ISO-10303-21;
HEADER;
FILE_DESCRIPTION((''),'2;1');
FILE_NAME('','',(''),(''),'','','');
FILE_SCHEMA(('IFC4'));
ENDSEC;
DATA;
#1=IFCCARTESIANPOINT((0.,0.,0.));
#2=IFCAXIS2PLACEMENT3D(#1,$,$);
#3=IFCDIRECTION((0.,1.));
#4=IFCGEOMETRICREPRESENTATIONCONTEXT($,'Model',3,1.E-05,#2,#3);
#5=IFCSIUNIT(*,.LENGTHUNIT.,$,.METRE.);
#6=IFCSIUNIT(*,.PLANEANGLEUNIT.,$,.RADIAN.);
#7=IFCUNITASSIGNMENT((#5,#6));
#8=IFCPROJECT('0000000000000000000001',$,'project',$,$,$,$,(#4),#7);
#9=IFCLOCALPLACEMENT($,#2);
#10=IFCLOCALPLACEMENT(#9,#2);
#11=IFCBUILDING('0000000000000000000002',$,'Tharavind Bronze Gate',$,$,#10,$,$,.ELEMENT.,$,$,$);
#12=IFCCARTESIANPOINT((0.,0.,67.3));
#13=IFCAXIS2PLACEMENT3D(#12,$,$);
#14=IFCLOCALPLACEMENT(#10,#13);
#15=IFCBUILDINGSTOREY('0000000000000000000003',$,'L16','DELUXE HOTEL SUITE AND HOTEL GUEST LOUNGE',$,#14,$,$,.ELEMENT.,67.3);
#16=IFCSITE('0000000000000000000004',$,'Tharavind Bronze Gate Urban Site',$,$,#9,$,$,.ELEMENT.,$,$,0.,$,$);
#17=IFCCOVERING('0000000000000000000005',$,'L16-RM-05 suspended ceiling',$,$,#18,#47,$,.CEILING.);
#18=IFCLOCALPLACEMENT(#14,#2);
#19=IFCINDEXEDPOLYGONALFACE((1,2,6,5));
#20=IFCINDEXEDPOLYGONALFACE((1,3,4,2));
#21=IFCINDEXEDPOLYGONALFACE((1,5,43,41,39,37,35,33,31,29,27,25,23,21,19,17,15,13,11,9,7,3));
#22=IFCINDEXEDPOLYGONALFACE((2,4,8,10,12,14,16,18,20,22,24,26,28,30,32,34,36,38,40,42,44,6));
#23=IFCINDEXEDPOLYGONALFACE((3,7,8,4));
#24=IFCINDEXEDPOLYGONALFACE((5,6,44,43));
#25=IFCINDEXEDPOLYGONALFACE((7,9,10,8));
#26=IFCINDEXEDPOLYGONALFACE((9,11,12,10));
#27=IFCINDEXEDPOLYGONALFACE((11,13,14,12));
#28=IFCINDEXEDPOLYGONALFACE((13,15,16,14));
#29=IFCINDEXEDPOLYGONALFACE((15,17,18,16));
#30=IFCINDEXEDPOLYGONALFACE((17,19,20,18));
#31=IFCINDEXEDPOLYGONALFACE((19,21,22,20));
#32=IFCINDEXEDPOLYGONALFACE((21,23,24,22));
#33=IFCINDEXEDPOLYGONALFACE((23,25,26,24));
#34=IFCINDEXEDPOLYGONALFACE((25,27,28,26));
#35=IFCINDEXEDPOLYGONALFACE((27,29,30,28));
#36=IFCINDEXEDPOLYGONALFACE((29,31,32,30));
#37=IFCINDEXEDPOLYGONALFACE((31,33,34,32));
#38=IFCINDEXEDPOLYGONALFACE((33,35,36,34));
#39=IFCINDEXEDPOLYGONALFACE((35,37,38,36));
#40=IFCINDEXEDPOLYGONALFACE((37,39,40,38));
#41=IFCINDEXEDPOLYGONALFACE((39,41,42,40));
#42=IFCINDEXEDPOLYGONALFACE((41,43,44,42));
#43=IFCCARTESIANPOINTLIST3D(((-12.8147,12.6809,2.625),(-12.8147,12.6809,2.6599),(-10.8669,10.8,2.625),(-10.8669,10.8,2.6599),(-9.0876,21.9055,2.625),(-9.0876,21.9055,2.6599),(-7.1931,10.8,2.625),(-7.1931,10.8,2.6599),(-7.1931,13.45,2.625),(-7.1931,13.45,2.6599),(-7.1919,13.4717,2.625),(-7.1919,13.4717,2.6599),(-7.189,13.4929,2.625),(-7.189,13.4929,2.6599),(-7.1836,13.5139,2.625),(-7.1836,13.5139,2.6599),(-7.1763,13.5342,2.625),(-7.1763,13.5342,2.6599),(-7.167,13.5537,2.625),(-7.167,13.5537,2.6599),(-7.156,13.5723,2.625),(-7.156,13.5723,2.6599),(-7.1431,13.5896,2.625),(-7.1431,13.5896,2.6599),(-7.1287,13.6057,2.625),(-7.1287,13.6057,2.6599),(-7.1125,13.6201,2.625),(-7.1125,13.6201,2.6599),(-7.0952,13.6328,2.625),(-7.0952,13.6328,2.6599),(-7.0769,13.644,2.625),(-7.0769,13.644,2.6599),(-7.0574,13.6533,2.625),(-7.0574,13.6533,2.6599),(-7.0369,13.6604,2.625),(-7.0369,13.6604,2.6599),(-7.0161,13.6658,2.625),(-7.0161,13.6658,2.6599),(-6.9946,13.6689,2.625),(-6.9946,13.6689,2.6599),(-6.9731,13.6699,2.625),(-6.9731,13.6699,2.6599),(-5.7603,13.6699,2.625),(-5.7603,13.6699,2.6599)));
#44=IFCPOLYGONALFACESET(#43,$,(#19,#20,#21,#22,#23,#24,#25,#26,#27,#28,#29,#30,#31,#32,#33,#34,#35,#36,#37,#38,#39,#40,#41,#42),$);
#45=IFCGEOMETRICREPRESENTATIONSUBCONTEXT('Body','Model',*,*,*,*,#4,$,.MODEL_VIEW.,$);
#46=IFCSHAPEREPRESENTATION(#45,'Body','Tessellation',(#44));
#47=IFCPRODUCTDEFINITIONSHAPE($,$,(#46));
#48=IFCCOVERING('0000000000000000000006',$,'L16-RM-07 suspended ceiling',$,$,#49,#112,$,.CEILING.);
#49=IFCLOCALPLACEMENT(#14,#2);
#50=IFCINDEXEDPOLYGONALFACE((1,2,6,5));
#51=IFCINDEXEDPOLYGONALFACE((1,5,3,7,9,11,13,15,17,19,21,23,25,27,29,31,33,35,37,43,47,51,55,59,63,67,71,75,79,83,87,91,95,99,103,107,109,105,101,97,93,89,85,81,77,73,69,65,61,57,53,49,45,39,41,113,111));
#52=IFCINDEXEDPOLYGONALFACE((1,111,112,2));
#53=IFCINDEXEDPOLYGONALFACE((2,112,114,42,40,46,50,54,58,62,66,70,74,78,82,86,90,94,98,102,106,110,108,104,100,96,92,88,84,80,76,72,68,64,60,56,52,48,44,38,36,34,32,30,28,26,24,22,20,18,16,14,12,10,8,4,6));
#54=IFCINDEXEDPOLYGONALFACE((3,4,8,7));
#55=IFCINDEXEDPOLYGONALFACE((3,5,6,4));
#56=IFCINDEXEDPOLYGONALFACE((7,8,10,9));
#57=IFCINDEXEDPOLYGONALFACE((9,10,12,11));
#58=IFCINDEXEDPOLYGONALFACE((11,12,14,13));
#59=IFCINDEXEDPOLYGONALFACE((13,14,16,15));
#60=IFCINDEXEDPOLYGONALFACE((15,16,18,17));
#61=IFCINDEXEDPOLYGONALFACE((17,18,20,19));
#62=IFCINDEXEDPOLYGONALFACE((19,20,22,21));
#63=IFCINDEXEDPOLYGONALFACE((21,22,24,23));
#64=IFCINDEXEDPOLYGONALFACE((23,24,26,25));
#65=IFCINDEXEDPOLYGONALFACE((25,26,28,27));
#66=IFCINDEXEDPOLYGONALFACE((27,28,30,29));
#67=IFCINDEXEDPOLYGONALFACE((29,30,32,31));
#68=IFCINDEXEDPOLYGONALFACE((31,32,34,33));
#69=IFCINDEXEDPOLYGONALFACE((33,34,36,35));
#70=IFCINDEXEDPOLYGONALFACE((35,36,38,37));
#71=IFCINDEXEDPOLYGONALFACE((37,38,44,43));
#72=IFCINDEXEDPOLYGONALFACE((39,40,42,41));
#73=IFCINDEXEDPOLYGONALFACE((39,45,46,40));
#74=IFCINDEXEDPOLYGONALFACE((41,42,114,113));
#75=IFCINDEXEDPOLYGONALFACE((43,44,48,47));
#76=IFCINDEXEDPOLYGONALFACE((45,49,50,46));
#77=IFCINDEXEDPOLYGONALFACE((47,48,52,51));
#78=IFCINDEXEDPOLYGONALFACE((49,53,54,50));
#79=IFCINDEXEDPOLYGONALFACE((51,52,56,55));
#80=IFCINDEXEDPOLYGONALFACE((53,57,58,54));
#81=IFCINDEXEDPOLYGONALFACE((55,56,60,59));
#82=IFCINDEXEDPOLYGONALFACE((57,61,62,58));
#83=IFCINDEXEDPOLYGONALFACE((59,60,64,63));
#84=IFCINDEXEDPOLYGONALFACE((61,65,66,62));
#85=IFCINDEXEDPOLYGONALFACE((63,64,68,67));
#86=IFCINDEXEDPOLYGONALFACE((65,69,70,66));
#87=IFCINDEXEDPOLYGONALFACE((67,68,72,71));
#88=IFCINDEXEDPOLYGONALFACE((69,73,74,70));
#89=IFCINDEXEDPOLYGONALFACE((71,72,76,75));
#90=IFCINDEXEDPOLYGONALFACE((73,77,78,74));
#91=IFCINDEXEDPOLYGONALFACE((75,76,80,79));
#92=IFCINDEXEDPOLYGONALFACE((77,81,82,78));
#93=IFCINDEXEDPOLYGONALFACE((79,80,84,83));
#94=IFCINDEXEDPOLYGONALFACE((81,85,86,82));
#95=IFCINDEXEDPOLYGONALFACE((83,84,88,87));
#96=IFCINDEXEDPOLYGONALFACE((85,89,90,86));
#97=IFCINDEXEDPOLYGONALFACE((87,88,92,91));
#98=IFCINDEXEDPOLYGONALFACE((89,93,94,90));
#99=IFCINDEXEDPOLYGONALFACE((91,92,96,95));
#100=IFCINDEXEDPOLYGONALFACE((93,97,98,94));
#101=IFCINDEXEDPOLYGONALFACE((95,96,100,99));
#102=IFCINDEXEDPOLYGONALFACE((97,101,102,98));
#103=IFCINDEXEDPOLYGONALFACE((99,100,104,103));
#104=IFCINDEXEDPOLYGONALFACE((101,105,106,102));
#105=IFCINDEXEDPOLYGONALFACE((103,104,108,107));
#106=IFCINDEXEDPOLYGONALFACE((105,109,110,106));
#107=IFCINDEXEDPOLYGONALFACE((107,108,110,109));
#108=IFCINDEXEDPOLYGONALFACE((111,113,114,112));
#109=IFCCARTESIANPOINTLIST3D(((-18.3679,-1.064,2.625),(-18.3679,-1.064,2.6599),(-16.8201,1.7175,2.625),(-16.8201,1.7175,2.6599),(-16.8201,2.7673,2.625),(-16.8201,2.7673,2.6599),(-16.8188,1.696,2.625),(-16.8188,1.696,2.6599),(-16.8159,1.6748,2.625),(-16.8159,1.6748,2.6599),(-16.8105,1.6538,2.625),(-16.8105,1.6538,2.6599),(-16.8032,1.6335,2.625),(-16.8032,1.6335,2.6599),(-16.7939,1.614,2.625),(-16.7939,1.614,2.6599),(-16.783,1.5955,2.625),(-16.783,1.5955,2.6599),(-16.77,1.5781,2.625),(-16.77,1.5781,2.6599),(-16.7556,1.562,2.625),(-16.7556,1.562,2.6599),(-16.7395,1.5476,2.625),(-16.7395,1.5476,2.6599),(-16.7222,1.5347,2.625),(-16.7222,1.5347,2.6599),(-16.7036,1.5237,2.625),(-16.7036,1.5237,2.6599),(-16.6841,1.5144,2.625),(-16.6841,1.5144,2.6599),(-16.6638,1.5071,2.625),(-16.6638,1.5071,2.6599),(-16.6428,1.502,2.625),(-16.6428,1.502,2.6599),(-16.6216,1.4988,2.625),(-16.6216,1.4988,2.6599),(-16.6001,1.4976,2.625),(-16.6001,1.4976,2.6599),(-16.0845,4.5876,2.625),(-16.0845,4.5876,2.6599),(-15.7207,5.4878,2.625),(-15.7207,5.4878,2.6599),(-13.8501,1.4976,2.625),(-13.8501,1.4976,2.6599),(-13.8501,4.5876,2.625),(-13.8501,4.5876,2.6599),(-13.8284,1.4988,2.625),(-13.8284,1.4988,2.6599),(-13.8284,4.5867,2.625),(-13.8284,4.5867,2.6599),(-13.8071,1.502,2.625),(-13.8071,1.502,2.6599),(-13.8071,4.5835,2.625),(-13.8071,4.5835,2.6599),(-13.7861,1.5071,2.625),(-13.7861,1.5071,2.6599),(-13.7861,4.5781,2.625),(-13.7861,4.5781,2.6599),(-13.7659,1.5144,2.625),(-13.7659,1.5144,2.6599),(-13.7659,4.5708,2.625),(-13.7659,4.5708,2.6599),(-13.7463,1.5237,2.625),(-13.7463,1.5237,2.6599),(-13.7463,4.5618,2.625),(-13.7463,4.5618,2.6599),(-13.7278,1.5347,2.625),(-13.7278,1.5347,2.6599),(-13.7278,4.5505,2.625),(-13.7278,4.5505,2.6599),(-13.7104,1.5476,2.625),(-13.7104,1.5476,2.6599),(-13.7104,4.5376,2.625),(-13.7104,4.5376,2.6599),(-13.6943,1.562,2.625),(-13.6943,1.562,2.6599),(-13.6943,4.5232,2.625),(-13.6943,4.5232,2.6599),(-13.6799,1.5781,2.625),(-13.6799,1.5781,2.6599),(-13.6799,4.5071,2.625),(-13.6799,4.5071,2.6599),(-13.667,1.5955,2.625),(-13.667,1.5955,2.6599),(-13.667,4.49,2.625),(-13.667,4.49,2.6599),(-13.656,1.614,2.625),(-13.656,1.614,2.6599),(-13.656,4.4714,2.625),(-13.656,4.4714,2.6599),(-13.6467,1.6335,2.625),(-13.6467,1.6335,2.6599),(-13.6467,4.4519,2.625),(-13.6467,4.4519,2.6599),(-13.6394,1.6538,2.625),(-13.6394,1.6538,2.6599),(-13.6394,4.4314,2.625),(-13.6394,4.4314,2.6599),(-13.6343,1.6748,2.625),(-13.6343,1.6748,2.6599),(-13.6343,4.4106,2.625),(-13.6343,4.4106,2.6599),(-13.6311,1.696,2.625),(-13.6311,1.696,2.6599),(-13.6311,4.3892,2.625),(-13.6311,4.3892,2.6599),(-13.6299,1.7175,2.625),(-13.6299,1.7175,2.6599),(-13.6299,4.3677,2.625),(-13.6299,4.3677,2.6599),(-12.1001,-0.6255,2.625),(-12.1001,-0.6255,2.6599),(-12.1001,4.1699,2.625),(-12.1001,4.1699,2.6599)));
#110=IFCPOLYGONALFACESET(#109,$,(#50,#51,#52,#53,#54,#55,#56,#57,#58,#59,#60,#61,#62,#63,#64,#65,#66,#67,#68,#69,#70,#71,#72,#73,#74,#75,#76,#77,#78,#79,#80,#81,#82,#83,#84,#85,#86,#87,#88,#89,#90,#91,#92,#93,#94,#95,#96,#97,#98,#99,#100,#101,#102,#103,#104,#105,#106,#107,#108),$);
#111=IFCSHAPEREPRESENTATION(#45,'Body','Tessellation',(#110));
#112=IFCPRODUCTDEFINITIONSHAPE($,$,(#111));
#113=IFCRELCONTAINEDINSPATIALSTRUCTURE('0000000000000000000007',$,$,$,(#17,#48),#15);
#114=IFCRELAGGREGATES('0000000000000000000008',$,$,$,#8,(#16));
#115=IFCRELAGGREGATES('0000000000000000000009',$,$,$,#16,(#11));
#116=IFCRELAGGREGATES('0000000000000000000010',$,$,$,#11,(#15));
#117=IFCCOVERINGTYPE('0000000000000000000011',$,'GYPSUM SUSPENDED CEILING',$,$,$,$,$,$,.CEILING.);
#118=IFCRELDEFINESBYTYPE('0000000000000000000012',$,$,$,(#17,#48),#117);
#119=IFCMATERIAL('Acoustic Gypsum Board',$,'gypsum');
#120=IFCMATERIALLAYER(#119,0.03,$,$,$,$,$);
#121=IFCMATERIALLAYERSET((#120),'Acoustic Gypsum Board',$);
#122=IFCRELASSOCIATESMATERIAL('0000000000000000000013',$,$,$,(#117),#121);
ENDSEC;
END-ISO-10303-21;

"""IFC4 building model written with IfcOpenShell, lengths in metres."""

from ifc_helpers import new_model, si_unit, direction, frame, origin, place, context, subcontext, project, spatial, polyline, outline, extrude, material, layer, layer_set, type_object, element, save


model = new_model("IFC4")

# Units and contexts
model_context = context("Model", 3, precision=1e-05, world=origin(), true_north=direction((0.0, 1.0)))
body_context = subcontext(model_context, "Body", "Model", "MODEL_VIEW")
ifc_project = project(units=[si_unit("LENGTHUNIT", "METRE"), si_unit("PLANEANGLEUNIT", "RADIAN")], contexts=[model_context])

# Site, building, storey
site_placement = place(None, origin())
site = spatial("IfcSite", under=ifc_project, at=site_placement, Name="Tharavind Bronze Gate Urban Site", CompositionType="ELEMENT", RefElevation=0.0)
building_placement = place(site_placement, origin())
building = spatial("IfcBuilding", under=site, at=building_placement, Name="Tharavind Bronze Gate", CompositionType="ELEMENT")
storey_placement = place(building_placement, frame((0.0, 0.0, 67.3)))
storey = spatial("IfcBuildingStorey", under=building, at=storey_placement, Name="L16", Description="DELUXE HOTEL SUITE AND HOTEL GUEST LOUNGE", CompositionType="ELEMENT", Elevation=67.3)

# Coverings
ifc_material_1 = material(Name="Acoustic Gypsum Board", Category="gypsum")
ifc_layer_1 = layer(ifc_material_1, 0.03)
ifc_layer_set_1 = layer_set([ifc_layer_1], Name="Acoustic Gypsum Board")
covering_type_1 = type_object("IfcCoveringType", Name="GYPSUM SUSPENDED CEILING", PredefinedType="CEILING", material=ifc_layer_set_1)
covering_1_placement = place(storey_placement, frame((0.0, 0.0, 2.625)))
element("IfcCovering", 1, at=covering_1_placement, inside=storey, type_object=covering_type_1, Name="L16-RM-05 suspended ceiling", PredefinedType="CEILING", context=body_context, shape_type="SweptSolid", body=[
    extrude(outline(polyline([(-10.8669, 10.8), (-7.1931, 10.8), (-7.1931, 13.45), (-7.1919, 13.4717), (-7.189, 13.4929), (-7.1836, 13.5139), (-7.1763, 13.5342), (-7.167, 13.5537), (-7.156, 13.5723), (-7.1431, 13.5896), (-7.1287, 13.6057), (-7.1125, 13.6201), (-7.0952, 13.6328), (-7.0769, 13.644), (-7.0574, 13.6533), (-7.0369, 13.6604), (-7.0161, 13.6658), (-6.9946, 13.6689), (-6.9731, 13.6699), (-5.7603, 13.6699), (-9.0876, 21.9055), (-12.8147, 12.6809), (-10.8669, 10.8)])), origin(), (0.0, 0.0, 1.0), 0.0349),
])
covering_2_placement = place(storey_placement, frame((0.0, 0.0, 2.625)))
element("IfcCovering", 2, at=covering_2_placement, inside=storey, type_object=covering_type_1, Name="L16-RM-07 suspended ceiling", PredefinedType="CEILING", context=body_context, shape_type="SweptSolid", body=[
    extrude(outline(polyline([(-12.1001, -0.6255), (-12.1001, 4.1699), (-15.7207, 5.4878), (-16.0845, 4.5876), (-13.8501, 4.5876), (-13.8284, 4.5867), (-13.8071, 4.5835), (-13.7861, 4.5781), (-13.7659, 4.5708), (-13.7463, 4.5618), (-13.7278, 4.5505), (-13.7104, 4.5376), (-13.6943, 4.5232), (-13.6799, 4.5071), (-13.667, 4.49), (-13.656, 4.4714), (-13.6467, 4.4519), (-13.6394, 4.4314), (-13.6343, 4.4106), (-13.6311, 4.3892), (-13.6299, 4.3677), (-13.6299, 1.7175), (-13.6311, 1.696), (-13.6343, 1.6748), (-13.6394, 1.6538), (-13.6467, 1.6335), (-13.656, 1.614), (-13.667, 1.5955), (-13.6799, 1.5781), (-13.6943, 1.562), (-13.7104, 1.5476), (-13.7278, 1.5347), (-13.7463, 1.5237), (-13.7659, 1.5144), (-13.7861, 1.5071), (-13.8071, 1.502), (-13.8284, 1.4988), (-13.8501, 1.4976), (-16.6001, 1.4976), (-16.6216, 1.4988), (-16.6428, 1.502), (-16.6638, 1.5071), (-16.6841, 1.5144), (-16.7036, 1.5237), (-16.7222, 1.5347), (-16.7395, 1.5476), (-16.7556, 1.562), (-16.77, 1.5781), (-16.783, 1.5955), (-16.7939, 1.614), (-16.8032, 1.6335), (-16.8105, 1.6538), (-16.8159, 1.6748), (-16.8188, 1.696), (-16.8201, 1.7175), (-16.8201, 2.7673), (-18.3679, -1.064), (-12.1001, -0.6255)])), origin(), (0.0, 0.0, 1.0), 0.0349),
])

save(model, "model.ifc")
